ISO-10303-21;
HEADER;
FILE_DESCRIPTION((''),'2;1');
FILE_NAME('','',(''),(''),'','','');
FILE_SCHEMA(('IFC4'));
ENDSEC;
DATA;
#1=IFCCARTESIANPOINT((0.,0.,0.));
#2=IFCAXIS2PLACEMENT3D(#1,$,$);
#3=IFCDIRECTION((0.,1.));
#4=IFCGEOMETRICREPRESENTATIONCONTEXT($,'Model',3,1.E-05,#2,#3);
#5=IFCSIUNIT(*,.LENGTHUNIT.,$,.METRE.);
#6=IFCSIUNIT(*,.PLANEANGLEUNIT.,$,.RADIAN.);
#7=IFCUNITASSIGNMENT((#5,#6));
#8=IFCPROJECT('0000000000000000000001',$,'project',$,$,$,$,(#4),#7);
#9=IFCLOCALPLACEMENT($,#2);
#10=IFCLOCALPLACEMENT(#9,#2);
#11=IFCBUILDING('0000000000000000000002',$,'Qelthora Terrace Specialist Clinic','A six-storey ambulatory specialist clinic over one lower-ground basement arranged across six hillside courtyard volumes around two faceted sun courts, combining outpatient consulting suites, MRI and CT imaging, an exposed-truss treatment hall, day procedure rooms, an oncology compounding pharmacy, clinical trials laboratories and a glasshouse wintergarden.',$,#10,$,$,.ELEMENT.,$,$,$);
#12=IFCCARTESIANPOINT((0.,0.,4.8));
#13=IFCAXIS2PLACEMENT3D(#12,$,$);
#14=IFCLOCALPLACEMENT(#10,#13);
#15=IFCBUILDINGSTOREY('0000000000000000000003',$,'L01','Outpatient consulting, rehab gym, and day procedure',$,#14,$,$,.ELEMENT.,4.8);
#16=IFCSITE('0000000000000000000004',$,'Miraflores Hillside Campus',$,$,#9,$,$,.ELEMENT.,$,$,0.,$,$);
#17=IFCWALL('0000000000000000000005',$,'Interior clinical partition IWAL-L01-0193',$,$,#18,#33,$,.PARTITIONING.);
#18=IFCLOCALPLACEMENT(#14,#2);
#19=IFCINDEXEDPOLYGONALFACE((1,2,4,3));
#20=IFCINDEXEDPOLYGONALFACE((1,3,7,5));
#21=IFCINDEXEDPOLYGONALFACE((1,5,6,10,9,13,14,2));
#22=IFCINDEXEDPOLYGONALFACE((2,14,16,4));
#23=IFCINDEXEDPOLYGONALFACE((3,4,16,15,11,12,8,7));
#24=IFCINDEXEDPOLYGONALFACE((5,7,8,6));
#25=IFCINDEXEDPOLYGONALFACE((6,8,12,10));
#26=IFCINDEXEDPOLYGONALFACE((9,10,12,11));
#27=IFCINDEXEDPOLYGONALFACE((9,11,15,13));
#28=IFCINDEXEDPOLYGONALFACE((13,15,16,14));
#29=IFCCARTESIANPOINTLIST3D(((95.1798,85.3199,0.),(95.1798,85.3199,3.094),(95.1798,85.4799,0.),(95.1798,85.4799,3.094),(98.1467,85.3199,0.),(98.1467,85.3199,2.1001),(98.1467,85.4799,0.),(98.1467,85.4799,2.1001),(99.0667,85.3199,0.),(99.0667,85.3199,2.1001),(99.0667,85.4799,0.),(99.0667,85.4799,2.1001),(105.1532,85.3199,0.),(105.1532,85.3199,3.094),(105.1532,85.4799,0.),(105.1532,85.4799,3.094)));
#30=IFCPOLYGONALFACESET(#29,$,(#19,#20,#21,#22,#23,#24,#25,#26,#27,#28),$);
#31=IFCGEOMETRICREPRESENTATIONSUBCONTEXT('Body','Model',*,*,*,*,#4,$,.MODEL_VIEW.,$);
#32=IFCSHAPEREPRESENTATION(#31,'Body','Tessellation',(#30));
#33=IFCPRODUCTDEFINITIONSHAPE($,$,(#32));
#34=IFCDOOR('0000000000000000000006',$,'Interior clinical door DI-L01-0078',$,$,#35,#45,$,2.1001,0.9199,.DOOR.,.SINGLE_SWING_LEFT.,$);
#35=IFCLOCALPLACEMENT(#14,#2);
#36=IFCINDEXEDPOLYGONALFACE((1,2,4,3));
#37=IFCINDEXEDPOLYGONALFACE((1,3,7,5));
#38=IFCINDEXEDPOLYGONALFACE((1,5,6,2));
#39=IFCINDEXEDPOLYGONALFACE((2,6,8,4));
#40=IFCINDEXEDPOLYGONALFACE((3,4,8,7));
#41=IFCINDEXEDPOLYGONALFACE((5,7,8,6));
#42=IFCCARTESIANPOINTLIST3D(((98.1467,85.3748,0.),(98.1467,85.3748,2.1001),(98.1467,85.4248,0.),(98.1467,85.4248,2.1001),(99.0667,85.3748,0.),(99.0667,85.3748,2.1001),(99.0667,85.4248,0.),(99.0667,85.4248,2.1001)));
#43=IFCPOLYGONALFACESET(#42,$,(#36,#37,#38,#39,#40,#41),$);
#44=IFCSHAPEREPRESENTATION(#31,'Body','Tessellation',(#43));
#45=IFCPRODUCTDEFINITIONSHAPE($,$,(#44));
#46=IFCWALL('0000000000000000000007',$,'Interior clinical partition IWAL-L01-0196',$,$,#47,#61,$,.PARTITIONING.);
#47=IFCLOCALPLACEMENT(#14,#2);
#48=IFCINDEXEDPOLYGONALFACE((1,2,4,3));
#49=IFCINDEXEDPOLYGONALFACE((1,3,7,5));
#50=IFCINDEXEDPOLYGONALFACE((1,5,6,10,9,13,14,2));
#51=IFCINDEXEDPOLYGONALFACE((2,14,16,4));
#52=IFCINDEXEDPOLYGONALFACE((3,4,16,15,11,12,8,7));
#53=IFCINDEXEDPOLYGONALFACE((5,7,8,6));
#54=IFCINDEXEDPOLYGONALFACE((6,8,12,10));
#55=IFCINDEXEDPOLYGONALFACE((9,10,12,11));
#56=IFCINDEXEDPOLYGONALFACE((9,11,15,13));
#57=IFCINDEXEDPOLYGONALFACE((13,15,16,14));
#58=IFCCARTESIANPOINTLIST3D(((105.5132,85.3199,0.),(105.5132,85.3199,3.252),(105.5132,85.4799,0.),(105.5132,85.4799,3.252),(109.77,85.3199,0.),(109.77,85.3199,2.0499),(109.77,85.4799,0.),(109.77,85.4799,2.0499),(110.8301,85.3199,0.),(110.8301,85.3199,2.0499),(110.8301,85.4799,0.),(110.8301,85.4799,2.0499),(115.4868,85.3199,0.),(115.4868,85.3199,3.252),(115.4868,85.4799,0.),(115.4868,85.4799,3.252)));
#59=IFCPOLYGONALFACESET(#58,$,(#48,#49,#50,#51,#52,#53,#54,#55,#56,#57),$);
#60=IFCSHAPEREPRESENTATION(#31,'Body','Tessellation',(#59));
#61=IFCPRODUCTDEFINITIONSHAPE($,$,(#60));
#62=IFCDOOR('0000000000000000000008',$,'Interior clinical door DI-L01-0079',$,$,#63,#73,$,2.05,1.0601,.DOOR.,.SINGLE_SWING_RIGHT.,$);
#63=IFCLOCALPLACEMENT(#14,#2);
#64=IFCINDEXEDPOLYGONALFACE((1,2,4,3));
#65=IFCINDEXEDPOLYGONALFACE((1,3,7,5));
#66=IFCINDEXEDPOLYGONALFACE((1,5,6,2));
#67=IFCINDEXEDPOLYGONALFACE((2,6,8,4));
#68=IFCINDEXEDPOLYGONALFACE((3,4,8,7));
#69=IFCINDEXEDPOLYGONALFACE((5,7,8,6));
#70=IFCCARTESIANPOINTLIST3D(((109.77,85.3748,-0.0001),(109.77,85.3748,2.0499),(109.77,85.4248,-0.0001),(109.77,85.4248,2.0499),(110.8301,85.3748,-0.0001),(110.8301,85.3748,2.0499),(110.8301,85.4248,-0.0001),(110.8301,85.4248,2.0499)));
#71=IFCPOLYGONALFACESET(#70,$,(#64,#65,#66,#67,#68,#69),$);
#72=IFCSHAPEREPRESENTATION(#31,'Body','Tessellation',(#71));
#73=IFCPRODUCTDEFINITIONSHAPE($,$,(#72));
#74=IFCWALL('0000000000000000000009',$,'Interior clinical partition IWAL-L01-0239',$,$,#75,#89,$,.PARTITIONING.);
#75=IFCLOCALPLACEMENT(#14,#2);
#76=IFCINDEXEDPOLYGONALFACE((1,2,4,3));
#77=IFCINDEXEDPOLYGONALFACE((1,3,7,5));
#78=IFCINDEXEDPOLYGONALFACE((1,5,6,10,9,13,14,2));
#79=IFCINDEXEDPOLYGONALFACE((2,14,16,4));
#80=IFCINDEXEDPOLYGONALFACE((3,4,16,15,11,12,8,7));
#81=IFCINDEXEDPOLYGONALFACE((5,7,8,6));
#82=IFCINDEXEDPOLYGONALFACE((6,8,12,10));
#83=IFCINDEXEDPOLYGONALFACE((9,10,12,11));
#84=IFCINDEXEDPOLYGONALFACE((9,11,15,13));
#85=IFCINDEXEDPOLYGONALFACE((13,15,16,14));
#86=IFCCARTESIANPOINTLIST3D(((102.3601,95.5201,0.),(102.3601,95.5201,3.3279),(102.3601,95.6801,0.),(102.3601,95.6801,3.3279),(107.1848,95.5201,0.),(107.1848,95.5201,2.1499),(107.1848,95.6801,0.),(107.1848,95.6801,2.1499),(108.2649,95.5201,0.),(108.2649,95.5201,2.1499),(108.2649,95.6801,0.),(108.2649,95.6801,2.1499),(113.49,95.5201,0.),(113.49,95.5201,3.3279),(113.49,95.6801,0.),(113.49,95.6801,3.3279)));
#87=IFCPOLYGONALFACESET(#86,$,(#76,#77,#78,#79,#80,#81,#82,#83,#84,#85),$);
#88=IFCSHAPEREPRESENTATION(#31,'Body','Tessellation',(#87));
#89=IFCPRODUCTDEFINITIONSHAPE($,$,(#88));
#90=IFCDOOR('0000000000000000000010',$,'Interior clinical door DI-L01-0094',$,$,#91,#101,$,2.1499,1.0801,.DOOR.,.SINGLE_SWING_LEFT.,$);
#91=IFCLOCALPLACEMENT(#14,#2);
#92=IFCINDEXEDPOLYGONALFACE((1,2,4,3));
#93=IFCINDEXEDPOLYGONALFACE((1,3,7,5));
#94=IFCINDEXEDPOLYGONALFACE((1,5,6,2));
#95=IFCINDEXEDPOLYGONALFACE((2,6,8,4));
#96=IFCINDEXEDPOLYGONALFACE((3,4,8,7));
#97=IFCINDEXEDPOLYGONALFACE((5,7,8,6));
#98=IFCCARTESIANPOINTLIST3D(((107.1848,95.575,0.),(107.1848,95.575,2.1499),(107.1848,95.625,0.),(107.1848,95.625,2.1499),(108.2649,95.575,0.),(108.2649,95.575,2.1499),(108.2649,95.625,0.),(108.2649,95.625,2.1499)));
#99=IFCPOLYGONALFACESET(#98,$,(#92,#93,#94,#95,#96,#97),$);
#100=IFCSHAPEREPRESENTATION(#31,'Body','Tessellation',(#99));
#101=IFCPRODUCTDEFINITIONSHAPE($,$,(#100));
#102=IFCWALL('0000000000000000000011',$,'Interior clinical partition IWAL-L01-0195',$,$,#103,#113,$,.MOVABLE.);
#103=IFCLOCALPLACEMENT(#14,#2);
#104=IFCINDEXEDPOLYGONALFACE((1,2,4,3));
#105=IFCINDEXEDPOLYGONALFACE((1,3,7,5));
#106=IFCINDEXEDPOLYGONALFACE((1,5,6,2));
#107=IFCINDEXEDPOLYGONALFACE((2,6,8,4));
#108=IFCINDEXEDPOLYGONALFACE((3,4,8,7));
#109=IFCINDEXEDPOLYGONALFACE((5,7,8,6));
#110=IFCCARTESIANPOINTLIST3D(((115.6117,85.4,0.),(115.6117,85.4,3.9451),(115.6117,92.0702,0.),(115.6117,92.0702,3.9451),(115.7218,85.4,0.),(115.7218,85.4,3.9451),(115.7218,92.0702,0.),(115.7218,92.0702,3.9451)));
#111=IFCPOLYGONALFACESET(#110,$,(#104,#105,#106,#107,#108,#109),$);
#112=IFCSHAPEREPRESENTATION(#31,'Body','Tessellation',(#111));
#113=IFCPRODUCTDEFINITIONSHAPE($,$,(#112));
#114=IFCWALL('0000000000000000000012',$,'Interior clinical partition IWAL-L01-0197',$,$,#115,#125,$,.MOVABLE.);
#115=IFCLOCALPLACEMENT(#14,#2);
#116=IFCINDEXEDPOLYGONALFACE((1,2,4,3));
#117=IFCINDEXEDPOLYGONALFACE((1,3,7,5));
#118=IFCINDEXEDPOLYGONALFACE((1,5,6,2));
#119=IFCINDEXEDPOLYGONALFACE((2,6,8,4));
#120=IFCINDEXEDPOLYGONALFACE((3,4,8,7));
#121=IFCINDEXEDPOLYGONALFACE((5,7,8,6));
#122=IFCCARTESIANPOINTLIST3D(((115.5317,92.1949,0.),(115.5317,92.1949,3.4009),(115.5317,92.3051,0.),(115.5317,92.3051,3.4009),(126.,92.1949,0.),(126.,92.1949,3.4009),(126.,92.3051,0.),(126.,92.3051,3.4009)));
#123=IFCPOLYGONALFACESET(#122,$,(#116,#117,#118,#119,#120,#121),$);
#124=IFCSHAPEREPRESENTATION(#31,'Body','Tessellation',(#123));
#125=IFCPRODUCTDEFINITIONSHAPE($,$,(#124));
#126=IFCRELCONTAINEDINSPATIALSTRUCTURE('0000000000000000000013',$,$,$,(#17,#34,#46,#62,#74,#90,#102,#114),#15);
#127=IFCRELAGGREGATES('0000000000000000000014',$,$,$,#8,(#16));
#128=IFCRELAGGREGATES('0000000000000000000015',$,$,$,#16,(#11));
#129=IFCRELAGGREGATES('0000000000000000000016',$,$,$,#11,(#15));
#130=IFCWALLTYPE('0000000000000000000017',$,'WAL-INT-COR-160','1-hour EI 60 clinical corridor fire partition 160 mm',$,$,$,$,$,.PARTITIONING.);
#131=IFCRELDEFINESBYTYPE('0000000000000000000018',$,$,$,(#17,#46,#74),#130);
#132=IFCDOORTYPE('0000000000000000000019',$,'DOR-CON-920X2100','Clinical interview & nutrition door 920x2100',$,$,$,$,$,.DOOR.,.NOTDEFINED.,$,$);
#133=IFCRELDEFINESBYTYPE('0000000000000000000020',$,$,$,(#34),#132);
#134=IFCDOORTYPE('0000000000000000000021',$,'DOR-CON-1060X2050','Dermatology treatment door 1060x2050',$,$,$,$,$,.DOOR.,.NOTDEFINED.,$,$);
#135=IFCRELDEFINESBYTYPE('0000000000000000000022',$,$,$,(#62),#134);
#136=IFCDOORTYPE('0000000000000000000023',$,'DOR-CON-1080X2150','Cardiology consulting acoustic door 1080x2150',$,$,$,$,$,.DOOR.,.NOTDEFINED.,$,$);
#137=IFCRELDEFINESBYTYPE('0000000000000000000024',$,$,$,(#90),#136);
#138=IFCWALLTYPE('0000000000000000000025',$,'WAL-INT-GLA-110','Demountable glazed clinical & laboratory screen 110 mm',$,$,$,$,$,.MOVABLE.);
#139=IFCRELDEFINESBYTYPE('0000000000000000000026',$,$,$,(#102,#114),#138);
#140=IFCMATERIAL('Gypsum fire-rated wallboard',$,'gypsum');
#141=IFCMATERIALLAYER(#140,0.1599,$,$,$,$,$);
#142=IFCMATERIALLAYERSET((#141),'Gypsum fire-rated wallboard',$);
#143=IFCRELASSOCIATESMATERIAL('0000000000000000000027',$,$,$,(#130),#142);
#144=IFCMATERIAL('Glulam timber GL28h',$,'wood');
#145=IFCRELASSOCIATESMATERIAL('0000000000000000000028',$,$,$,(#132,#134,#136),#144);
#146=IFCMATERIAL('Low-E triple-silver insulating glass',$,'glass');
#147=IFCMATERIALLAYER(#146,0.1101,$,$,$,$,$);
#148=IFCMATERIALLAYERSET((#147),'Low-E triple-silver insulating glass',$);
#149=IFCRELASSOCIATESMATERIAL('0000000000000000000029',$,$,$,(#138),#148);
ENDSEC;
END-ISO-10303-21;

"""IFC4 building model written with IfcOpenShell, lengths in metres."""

from ifc_helpers import new_model, si_unit, direction, frame, frame_2d, origin, place, context, subcontext, project, spatial, rectangle, extrude, material, layer, layer_set, type_object, element, fill, save


model = new_model("IFC4")

# Units and contexts
model_context = context("Model", 3, precision=1e-05, world=origin(), true_north=direction((0.0, 1.0)))
body_context = subcontext(model_context, "Body", "Model", "MODEL_VIEW")
ifc_project = project(units=[si_unit("LENGTHUNIT", "METRE"), si_unit("PLANEANGLEUNIT", "RADIAN")], contexts=[model_context])

# Site, building, storey
site_placement = place(None, origin())
site = spatial("IfcSite", under=ifc_project, at=site_placement, Name="Miraflores Hillside Campus", CompositionType="ELEMENT", RefElevation=0.0)
building_placement = place(site_placement, origin())
building = spatial("IfcBuilding", under=site, at=building_placement, Name="Qelthora Terrace Specialist Clinic", Description="A six-storey ambulatory specialist clinic over one lower-ground basement arranged across six hillside courtyard volumes around two faceted sun courts, combining outpatient consulting suites, MRI and CT imaging, an exposed-truss treatment hall, day procedure rooms, an oncology compounding pharmacy, clinical trials laboratories and a glasshouse wintergarden.", CompositionType="ELEMENT")
storey_placement = place(building_placement, frame((0.0, 0.0, 4.8)))
storey = spatial("IfcBuildingStorey", under=building, at=storey_placement, Name="L01", Description="Outpatient consulting, rehab gym, and day procedure", CompositionType="ELEMENT", Elevation=4.8)

# Shared definitions
ifc_material_1 = material(Name="Gypsum fire-rated wallboard", Category="gypsum")

# Walls, openings, doors
ifc_layer_1 = layer(ifc_material_1, 0.1599)
ifc_layer_set_1 = layer_set([ifc_layer_1], Name="Gypsum fire-rated wallboard")
wall_type_1 = type_object("IfcWallType", Name="WAL-INT-COR-160", Description="1-hour EI 60 clinical corridor fire partition 160 mm", PredefinedType="PARTITIONING", material=ifc_layer_set_1)
wall_1_placement = place(storey_placement, frame((105.1533, 85.3999, 0.0), z_axis=(0.0, 0.0, 1.0), x_axis=(-1.0, 0.0, 0.0)))
wall_1 = element("IfcWall", 1, at=wall_1_placement, inside=storey, type_object=wall_type_1, Name="Interior clinical partition IWAL-L01-0193", PredefinedType="PARTITIONING", context=body_context, shape_type="SweptSolid", body=[
    extrude(rectangle(XDim=9.9734, YDim=0.1599, at=frame_2d((4.9868, 0.0))), origin(), (0.0, 0.0, 1.0), 3.094),
])
opening_1_placement = place(wall_1_placement, frame((6.0867, 0.0, 0.0)))
opening_1 = element("IfcOpeningElement", 2, at=opening_1_placement, cuts=wall_1, PredefinedType="OPENING", context=body_context, shape_type="SweptSolid", body=[
    extrude(rectangle(XDim=0.9199, YDim=2.1001, at=frame_2d((0.46, 1.05))), frame((0.0, 0.0898, 0.0), z_axis=(0.0, -1.0, 0.0), x_axis=(1.0, 0.0, 0.0)), (0.0, 0.0, 1.0), 0.1799),
])
ifc_material_2 = material(Name="Glulam timber GL28h", Category="wood")
door_type_1 = type_object("IfcDoorType", Name="DOR-CON-920X2100", Description="Clinical interview & nutrition door 920x2100", OperationType="NOTDEFINED", PredefinedType="DOOR", material=ifc_material_2)
door_1_placement = place(opening_1_placement, frame((0.9199, 0.0, 0.0), z_axis=(0.0, 0.0, 1.0), x_axis=(-1.0, 0.0, 0.0)))
door_1 = element("IfcDoor", 3, at=door_1_placement, inside=storey, type_object=door_type_1, Name="Interior clinical door DI-L01-0078", OperationType="SINGLE_SWING_LEFT", OverallHeight=2.1001, OverallWidth=0.9199, PredefinedType="DOOR", context=body_context, shape_type="SweptSolid", body=[
    extrude(rectangle(XDim=0.9199, YDim=2.1001, at=frame_2d((0.46, 1.05))), frame((0.0, 0.0249, 0.0), z_axis=(0.0, -1.0, 0.0), x_axis=(1.0, 0.0, 0.0)), (0.0, 0.0, 1.0), 0.05),
])
fill(opening_1, door_1)
wall_2_placement = place(storey_placement, frame((115.4868, 85.3999, 0.0), z_axis=(0.0, 0.0, 1.0), x_axis=(-1.0, 0.0, 0.0)))
wall_2 = element("IfcWall", 4, at=wall_2_placement, inside=storey, type_object=wall_type_1, Name="Interior clinical partition IWAL-L01-0196", PredefinedType="PARTITIONING", context=body_context, shape_type="SweptSolid", body=[
    extrude(rectangle(XDim=9.9736, YDim=0.1599, at=frame_2d((4.9868, 0.0))), origin(), (0.0, 0.0, 1.0), 3.252),
])
opening_2_placement = place(wall_2_placement, frame((4.6567, 0.0, 0.0)))
opening_2 = element("IfcOpeningElement", 5, at=opening_2_placement, cuts=wall_2, PredefinedType="OPENING", context=body_context, shape_type="SweptSolid", body=[
    extrude(rectangle(XDim=1.0601, YDim=2.05, at=frame_2d((0.53, 1.0249))), frame((0.0, 0.0898, 0.0), z_axis=(0.0, -1.0, 0.0), x_axis=(1.0, 0.0, 0.0)), (0.0, 0.0, 1.0), 0.1799),
])
door_type_2 = type_object("IfcDoorType", Name="DOR-CON-1060X2050", Description="Dermatology treatment door 1060x2050", OperationType="NOTDEFINED", PredefinedType="DOOR", material=ifc_material_2)
door_2_placement = place(opening_2_placement, frame((1.0601, 0.0, 0.0), z_axis=(0.0, 0.0, 1.0), x_axis=(-1.0, 0.0, 0.0)))
door_2 = element("IfcDoor", 6, at=door_2_placement, inside=storey, type_object=door_type_2, Name="Interior clinical door DI-L01-0079", OperationType="SINGLE_SWING_RIGHT", OverallHeight=2.05, OverallWidth=1.0601, PredefinedType="DOOR", context=body_context, shape_type="SweptSolid", body=[
    extrude(rectangle(XDim=1.0601, YDim=2.05, at=frame_2d((0.53, 1.0249))), frame((0.0, 0.0249, 0.0), z_axis=(0.0, -1.0, 0.0), x_axis=(1.0, 0.0, 0.0)), (0.0, 0.0, 1.0), 0.05),
])
fill(opening_2, door_2)
wall_3_placement = place(storey_placement, frame((113.49, 95.6001, 0.0), z_axis=(0.0, 0.0, 1.0), x_axis=(-1.0, 0.0, 0.0)))
wall_3 = element("IfcWall", 7, at=wall_3_placement, inside=storey, type_object=wall_type_1, Name="Interior clinical partition IWAL-L01-0239", PredefinedType="PARTITIONING", context=body_context, shape_type="SweptSolid", body=[
    extrude(rectangle(XDim=11.1299, YDim=0.1599, at=frame_2d((5.5649, 0.0))), origin(), (0.0, 0.0, 1.0), 3.3279),
])
opening_3_placement = place(wall_3_placement, frame((5.2251, 0.0, 0.0)))
opening_3 = element("IfcOpeningElement", 8, at=opening_3_placement, cuts=wall_3, PredefinedType="OPENING", context=body_context, shape_type="SweptSolid", body=[
    extrude(rectangle(XDim=1.0801, YDim=2.1499, at=frame_2d((0.54, 1.075))), frame((0.0, 0.0898, 0.0), z_axis=(0.0, -1.0, 0.0), x_axis=(1.0, 0.0, 0.0)), (0.0, 0.0, 1.0), 0.1799),
])
door_type_3 = type_object("IfcDoorType", Name="DOR-CON-1080X2150", Description="Cardiology consulting acoustic door 1080x2150", OperationType="NOTDEFINED", PredefinedType="DOOR", material=ifc_material_2)
door_3_placement = place(opening_3_placement, frame((1.0801, 0.0, 0.0), z_axis=(0.0, 0.0, 1.0), x_axis=(-1.0, 0.0, 0.0)))
door_3 = element("IfcDoor", 9, at=door_3_placement, inside=storey, type_object=door_type_3, Name="Interior clinical door DI-L01-0094", OperationType="SINGLE_SWING_LEFT", OverallHeight=2.1499, OverallWidth=1.0801, PredefinedType="DOOR", context=body_context, shape_type="SweptSolid", body=[
    extrude(rectangle(XDim=1.0801, YDim=2.1499, at=frame_2d((0.54, 1.075))), frame((0.0, 0.0249, 0.0), z_axis=(0.0, -1.0, 0.0), x_axis=(1.0, 0.0, 0.0)), (0.0, 0.0, 1.0), 0.05),
])
fill(opening_3, door_3)

# Walls
ifc_material_3 = material(Name="Low-E triple-silver insulating glass", Category="glass")
ifc_layer_2 = layer(ifc_material_3, 0.1101)
ifc_layer_set_2 = layer_set([ifc_layer_2], Name="Low-E triple-silver insulating glass")
wall_type_2 = type_object("IfcWallType", Name="WAL-INT-GLA-110", Description="Demountable glazed clinical & laboratory screen 110 mm", PredefinedType="MOVABLE", material=ifc_layer_set_2)
wall_4_placement = place(storey_placement, frame((115.6667, 92.0701, 0.0), z_axis=(0.0, 0.0, 1.0), x_axis=(0.0, -1.0, 0.0)))
element("IfcWall", 10, at=wall_4_placement, inside=storey, type_object=wall_type_2, Name="Interior clinical partition IWAL-L01-0195", PredefinedType="MOVABLE", context=body_context, shape_type="SweptSolid", body=[
    extrude(rectangle(XDim=6.6702, YDim=0.1101, at=frame_2d((3.335, 0.0))), origin(), (0.0, 0.0, 1.0), 3.9451),
])
wall_5_placement = place(storey_placement, frame((115.5317, 92.25, 0.0), z_axis=(0.0, 0.0, 1.0), x_axis=(1.0, 0.0, 0.0)))
element("IfcWall", 11, at=wall_5_placement, inside=storey, type_object=wall_type_2, Name="Interior clinical partition IWAL-L01-0197", PredefinedType="MOVABLE", context=body_context, shape_type="SweptSolid", body=[
    extrude(rectangle(XDim=10.4683, YDim=0.1101, at=frame_2d((5.2341, 0.0))), origin(), (0.0, 0.0, 1.0), 3.4009),
])

save(model, "model.ifc")
